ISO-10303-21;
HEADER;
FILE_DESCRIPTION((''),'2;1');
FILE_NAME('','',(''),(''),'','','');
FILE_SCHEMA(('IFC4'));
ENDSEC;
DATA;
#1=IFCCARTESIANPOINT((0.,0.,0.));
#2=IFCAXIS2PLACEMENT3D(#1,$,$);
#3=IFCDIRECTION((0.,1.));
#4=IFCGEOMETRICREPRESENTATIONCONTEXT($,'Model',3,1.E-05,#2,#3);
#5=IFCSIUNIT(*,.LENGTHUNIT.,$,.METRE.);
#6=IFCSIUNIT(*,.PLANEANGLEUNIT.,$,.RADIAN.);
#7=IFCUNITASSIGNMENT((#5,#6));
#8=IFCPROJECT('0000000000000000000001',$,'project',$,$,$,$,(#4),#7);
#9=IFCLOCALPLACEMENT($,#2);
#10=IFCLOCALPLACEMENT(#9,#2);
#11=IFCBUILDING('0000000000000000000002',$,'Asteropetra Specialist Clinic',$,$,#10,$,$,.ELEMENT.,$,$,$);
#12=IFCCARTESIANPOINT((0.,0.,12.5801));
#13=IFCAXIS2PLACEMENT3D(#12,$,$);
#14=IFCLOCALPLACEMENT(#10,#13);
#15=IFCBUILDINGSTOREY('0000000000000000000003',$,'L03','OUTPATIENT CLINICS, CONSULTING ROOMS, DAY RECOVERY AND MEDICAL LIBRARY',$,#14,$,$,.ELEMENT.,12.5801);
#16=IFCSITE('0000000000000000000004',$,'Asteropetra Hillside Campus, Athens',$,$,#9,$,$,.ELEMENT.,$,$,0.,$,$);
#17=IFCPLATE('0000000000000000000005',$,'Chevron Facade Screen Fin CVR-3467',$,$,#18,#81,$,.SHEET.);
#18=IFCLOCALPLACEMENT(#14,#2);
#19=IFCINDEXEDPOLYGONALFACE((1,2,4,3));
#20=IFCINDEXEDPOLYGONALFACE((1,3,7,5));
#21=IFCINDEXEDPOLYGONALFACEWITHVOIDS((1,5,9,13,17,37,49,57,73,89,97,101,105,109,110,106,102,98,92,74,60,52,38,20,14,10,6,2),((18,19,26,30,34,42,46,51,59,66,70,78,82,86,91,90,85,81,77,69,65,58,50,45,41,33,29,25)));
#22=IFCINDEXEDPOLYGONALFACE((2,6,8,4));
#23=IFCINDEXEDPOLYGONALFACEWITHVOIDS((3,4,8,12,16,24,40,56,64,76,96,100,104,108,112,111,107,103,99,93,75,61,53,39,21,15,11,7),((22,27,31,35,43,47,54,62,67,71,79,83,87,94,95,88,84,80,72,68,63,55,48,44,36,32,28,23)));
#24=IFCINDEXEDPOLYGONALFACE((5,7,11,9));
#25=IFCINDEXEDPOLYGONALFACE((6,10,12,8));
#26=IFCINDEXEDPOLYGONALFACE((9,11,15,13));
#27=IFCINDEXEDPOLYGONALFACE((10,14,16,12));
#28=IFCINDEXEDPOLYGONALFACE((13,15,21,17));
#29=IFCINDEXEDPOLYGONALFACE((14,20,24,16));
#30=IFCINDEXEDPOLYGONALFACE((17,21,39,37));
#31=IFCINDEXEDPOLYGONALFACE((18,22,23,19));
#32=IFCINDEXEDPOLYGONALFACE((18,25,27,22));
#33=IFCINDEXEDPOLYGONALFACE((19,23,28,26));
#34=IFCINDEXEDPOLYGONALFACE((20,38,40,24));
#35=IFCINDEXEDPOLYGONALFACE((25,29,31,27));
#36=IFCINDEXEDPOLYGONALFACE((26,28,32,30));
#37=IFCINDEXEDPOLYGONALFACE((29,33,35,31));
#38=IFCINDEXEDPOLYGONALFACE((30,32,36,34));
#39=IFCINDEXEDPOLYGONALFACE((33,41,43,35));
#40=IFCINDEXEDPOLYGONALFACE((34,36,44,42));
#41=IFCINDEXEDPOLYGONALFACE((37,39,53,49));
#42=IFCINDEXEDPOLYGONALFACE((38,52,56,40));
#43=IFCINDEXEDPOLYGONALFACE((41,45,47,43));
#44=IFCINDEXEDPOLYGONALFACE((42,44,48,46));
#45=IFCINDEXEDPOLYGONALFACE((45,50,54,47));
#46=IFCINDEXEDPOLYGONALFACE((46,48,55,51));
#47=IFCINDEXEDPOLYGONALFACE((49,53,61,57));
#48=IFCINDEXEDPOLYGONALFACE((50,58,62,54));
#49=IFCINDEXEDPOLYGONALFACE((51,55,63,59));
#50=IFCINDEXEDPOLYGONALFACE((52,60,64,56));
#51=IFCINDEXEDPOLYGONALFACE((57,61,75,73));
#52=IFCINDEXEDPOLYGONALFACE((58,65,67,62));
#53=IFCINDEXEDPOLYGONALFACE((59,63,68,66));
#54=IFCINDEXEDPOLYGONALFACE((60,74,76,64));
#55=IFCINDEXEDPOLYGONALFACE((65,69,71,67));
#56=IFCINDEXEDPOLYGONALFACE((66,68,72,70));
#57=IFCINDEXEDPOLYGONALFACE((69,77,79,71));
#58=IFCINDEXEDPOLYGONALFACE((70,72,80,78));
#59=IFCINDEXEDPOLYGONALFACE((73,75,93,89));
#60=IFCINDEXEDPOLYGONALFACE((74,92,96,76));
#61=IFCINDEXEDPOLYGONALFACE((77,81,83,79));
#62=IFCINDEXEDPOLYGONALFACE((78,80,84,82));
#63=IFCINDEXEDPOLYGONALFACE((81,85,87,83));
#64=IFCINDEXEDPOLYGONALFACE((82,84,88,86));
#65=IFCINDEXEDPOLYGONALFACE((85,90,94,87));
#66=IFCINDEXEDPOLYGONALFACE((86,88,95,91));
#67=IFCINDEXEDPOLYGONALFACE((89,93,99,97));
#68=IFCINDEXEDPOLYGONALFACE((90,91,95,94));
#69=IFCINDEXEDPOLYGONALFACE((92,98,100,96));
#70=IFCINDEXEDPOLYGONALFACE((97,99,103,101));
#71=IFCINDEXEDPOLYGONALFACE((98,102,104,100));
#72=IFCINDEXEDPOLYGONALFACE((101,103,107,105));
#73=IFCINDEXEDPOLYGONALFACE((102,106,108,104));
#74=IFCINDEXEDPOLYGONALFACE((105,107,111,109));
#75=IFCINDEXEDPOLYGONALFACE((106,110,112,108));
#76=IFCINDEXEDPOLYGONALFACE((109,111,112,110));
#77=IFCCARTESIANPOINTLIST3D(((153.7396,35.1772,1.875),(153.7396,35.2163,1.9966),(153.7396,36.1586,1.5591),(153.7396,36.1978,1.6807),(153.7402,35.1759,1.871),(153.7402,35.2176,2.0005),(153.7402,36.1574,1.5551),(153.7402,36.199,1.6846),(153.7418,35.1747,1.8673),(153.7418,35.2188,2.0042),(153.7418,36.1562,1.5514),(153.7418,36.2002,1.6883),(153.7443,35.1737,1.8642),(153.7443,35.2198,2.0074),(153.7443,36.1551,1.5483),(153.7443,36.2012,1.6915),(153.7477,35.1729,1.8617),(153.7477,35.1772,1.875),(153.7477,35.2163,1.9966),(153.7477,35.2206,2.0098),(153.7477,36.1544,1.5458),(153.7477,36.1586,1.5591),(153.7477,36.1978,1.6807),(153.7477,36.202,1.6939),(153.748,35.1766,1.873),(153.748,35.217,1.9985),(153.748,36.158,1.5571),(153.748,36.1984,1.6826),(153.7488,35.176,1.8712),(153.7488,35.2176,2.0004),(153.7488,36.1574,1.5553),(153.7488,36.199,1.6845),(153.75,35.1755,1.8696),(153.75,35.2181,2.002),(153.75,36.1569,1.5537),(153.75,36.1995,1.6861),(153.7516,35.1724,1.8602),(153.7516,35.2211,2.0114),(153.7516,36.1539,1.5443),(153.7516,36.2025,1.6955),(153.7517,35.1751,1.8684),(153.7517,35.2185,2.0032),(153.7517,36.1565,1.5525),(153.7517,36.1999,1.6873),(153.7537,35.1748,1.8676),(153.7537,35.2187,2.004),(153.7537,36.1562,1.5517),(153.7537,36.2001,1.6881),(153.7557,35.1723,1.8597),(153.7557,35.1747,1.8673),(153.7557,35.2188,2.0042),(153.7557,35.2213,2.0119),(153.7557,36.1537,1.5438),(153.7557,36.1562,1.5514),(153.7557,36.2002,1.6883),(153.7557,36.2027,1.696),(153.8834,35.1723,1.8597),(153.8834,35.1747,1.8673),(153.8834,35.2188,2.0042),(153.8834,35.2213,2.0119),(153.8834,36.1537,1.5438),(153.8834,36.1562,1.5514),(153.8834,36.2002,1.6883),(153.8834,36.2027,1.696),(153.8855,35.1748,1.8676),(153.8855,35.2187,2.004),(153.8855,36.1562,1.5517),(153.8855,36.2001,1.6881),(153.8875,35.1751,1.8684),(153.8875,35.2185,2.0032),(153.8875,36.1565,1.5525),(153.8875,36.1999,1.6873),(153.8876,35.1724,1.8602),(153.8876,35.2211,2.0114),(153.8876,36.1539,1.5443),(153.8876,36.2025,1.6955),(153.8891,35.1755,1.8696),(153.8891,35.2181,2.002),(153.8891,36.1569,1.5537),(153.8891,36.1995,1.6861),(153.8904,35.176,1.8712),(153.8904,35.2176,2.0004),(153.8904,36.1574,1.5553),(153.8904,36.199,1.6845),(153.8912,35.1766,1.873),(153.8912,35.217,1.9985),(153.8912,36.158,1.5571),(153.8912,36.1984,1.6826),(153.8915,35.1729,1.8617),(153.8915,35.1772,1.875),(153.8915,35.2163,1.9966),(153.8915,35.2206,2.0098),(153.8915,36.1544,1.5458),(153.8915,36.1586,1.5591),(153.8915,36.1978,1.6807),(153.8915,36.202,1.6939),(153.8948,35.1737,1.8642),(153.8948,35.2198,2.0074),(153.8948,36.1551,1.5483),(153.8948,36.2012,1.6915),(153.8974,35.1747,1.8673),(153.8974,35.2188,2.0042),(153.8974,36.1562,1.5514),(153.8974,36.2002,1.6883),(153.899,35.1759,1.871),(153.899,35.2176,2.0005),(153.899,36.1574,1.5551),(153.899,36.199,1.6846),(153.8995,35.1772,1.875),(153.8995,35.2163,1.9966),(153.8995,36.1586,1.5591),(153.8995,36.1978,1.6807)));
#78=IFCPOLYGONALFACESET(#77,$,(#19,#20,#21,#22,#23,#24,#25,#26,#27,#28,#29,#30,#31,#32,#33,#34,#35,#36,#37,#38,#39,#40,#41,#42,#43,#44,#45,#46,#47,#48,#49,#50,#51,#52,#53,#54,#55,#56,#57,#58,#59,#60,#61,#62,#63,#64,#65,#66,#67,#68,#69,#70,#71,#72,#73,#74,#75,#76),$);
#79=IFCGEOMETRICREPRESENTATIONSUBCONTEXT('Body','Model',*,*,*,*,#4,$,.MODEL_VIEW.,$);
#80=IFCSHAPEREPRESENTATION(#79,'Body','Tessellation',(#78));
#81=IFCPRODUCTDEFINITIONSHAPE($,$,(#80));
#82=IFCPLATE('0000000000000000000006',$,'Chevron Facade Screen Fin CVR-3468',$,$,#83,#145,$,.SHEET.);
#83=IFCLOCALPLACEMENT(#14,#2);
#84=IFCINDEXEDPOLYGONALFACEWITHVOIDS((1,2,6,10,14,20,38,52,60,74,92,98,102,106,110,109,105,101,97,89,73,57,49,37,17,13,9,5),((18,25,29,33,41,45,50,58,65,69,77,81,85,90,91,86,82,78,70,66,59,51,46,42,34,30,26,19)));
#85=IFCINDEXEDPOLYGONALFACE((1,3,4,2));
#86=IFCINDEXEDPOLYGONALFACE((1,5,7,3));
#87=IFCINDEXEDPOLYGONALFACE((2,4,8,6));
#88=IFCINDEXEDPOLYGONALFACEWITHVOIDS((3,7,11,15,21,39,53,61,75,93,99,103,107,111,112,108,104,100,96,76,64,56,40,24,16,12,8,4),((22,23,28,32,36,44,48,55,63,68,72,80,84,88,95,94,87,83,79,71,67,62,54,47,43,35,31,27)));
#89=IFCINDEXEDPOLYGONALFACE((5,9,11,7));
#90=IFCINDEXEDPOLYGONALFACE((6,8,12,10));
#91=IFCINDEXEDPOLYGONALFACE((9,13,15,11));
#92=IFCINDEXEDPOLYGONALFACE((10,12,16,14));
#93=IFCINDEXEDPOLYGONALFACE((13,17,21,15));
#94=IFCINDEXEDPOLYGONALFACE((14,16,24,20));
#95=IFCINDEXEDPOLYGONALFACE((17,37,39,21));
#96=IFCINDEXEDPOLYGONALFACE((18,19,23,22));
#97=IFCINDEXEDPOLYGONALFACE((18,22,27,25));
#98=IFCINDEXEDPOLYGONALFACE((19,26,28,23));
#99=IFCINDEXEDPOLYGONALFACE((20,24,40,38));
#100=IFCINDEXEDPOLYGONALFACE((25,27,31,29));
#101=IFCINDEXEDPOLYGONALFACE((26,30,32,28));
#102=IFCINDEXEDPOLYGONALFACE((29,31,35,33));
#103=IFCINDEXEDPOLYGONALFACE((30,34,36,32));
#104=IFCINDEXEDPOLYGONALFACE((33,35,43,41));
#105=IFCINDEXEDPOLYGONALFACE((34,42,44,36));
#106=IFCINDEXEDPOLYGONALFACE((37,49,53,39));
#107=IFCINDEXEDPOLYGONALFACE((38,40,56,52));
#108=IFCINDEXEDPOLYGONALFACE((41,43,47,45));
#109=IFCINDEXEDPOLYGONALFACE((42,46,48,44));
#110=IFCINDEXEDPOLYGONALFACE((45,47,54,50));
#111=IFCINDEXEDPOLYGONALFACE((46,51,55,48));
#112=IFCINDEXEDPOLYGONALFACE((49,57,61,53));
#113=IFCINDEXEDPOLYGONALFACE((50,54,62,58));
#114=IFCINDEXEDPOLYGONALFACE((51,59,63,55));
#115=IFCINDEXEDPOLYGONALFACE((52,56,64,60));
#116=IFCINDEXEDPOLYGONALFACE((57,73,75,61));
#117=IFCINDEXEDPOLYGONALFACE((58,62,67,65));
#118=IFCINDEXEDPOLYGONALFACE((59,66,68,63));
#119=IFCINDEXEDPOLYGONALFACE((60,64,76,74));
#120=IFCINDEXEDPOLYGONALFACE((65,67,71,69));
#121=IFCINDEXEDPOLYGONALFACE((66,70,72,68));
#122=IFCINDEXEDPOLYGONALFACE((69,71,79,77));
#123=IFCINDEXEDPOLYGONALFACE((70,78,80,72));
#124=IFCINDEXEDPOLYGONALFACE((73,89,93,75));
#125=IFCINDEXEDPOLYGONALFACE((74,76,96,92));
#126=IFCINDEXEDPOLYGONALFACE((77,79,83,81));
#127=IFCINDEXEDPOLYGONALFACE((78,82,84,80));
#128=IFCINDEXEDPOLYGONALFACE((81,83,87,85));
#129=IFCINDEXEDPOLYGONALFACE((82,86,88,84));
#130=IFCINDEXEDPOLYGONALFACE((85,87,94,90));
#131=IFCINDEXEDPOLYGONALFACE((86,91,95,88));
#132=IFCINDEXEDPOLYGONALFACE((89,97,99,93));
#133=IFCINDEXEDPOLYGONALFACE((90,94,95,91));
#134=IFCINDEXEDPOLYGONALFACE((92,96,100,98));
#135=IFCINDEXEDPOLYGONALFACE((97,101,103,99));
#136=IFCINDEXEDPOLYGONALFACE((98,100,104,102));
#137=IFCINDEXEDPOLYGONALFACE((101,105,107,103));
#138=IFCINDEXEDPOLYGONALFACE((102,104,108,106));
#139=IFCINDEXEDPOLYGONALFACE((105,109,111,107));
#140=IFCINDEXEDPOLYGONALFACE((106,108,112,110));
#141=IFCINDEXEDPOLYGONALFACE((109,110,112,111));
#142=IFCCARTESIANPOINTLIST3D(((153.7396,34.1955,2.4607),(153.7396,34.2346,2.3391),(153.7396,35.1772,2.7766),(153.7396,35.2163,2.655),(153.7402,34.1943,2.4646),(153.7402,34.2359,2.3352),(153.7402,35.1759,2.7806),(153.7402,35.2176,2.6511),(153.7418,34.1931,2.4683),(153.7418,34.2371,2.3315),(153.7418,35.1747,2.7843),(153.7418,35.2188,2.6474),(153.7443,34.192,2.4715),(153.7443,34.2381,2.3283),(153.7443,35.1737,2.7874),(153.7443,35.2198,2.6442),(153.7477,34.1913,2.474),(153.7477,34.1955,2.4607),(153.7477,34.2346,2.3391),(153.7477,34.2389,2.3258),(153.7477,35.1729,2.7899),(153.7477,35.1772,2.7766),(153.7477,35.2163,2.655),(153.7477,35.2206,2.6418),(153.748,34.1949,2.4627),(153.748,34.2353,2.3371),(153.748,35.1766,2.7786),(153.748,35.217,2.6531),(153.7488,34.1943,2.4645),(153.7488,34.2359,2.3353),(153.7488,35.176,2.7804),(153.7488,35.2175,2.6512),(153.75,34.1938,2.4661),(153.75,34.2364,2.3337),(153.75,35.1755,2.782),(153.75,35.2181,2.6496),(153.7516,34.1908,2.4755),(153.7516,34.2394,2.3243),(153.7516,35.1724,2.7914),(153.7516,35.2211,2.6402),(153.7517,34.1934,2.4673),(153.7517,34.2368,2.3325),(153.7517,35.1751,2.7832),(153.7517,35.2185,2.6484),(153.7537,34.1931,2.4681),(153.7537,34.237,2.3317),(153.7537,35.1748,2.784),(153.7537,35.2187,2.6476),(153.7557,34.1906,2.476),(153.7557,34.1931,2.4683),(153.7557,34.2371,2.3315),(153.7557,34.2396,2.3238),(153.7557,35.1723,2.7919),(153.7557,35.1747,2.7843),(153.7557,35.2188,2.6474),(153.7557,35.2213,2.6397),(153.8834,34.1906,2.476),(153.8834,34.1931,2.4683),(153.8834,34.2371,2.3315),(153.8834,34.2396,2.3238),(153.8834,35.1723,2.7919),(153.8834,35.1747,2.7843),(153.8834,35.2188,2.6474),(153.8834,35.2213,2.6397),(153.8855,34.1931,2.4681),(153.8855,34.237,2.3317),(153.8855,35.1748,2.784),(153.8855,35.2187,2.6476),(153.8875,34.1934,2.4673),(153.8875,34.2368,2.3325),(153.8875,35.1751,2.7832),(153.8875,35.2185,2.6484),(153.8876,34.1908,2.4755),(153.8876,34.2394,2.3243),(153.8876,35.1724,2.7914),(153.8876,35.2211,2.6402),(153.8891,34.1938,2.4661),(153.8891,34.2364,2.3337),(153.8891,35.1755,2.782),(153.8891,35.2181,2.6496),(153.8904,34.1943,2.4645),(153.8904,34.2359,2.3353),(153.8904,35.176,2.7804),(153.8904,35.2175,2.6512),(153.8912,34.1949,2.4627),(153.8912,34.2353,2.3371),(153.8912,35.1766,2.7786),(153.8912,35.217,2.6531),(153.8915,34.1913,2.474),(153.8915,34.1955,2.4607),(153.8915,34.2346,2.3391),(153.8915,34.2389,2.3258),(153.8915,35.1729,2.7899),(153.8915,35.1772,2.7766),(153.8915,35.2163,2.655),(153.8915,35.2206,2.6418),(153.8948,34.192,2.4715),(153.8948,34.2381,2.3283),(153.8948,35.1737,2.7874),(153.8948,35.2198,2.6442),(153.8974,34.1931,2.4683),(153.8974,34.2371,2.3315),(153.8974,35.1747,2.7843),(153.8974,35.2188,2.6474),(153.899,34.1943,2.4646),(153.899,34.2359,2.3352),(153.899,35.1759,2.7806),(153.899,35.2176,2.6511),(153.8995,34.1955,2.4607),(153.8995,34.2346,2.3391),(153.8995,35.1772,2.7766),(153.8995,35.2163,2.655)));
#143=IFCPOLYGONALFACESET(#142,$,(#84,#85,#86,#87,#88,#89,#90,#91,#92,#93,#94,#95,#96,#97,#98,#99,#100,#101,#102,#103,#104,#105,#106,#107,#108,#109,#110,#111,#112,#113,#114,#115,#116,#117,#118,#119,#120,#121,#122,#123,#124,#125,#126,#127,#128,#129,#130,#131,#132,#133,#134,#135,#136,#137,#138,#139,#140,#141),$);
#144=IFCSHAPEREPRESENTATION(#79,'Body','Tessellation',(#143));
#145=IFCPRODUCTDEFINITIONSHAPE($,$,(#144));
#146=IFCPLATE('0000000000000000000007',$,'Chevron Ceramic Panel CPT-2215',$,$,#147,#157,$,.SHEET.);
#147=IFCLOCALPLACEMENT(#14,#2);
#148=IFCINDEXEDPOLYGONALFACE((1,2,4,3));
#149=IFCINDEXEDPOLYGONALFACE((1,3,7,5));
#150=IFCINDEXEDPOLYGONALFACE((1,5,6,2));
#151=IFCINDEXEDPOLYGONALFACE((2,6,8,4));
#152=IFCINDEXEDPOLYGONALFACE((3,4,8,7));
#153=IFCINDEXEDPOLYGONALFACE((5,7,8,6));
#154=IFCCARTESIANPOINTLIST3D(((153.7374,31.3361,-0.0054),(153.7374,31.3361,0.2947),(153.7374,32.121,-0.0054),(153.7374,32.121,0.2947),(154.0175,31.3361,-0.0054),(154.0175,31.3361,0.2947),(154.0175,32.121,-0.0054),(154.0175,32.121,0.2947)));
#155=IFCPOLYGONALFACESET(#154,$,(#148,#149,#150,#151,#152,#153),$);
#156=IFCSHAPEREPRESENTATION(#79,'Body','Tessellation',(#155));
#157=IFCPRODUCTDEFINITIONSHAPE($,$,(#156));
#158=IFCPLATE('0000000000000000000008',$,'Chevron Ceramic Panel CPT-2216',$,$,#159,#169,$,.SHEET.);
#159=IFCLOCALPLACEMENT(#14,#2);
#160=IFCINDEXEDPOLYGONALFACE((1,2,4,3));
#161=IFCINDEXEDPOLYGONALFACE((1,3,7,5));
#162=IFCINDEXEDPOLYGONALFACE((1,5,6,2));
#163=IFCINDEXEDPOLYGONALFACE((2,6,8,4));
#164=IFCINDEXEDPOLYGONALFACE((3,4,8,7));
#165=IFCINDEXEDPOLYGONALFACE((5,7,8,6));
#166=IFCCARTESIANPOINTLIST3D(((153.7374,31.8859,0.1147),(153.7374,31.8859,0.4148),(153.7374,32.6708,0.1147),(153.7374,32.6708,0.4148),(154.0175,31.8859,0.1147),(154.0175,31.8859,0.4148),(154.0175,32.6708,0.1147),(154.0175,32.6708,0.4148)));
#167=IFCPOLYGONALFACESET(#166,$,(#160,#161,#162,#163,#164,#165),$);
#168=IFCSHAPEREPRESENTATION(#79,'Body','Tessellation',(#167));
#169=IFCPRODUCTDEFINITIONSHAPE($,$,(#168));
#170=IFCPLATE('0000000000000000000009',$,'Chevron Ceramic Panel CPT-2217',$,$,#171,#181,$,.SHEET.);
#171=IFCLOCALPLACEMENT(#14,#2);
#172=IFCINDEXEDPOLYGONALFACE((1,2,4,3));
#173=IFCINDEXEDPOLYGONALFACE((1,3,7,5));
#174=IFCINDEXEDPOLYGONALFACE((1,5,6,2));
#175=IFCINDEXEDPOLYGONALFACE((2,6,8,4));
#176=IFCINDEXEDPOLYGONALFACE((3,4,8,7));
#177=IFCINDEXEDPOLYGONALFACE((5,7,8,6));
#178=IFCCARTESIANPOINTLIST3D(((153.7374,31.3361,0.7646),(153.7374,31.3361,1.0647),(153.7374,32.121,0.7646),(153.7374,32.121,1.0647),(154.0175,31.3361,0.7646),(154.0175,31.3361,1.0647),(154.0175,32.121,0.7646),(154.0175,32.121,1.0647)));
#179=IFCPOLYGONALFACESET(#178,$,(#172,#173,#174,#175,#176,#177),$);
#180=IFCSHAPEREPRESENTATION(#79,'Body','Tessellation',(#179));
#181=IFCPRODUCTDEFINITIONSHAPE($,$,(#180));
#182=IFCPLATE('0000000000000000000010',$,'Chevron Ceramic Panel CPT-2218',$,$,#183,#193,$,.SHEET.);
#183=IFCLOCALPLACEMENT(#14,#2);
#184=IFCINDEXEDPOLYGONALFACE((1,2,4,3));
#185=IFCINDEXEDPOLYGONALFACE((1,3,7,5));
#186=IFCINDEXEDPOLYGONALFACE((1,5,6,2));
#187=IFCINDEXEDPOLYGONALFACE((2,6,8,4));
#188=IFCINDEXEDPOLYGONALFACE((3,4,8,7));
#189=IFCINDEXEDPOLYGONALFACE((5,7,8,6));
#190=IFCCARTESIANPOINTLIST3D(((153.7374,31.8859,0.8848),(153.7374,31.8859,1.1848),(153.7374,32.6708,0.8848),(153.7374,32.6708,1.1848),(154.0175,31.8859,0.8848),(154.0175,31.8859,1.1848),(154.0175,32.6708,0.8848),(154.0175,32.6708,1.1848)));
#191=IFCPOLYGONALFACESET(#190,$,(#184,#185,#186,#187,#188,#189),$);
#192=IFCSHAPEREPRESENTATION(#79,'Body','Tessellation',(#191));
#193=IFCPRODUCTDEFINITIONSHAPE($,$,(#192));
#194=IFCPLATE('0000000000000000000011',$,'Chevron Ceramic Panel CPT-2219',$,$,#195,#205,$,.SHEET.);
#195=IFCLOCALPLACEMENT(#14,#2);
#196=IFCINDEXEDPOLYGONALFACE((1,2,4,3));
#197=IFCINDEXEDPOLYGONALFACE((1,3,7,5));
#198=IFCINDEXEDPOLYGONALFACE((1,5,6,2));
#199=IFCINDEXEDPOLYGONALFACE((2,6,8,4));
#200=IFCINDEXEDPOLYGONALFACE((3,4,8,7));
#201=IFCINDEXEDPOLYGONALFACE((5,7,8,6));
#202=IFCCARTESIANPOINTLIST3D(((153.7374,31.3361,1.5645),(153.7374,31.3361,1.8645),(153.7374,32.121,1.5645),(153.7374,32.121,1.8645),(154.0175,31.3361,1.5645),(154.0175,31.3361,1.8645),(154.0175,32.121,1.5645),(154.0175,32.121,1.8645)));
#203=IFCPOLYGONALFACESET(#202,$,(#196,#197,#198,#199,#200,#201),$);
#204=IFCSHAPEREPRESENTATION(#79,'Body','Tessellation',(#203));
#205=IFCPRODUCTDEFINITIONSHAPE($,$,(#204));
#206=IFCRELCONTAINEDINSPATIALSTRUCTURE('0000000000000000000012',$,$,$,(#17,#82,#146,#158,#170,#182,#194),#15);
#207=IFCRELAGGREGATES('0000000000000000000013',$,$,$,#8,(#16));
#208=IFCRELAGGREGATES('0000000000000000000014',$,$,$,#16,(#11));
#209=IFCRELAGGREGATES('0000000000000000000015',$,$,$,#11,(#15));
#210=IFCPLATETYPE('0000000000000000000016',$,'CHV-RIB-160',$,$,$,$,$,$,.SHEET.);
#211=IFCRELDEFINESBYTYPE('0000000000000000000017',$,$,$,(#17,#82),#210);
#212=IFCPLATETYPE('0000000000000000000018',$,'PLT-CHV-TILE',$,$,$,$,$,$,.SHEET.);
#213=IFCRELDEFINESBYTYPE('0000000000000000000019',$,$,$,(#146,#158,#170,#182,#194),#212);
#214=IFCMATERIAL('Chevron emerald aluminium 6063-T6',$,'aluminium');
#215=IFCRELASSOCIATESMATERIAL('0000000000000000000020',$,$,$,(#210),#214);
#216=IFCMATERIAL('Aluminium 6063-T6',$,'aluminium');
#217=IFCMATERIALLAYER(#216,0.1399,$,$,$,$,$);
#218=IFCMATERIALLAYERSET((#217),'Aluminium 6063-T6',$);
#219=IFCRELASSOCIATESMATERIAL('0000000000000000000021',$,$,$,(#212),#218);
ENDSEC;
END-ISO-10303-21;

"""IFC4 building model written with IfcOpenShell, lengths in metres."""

from ifc_helpers import new_model, si_unit, direction, frame, origin, origin_2d, place, context, subcontext, project, spatial, rectangle, hollow_rectangle, extrude, material, layer, layer_set, material_profile, profile_set, type_object, element, save


model = new_model("IFC4")

# Units and contexts
model_context = context("Model", 3, precision=1e-05, world=origin(), true_north=direction((0.0, 1.0)))
body_context = subcontext(model_context, "Body", "Model", "MODEL_VIEW")
ifc_project = project(units=[si_unit("LENGTHUNIT", "METRE"), si_unit("PLANEANGLEUNIT", "RADIAN")], contexts=[model_context])

# Site, building, storey
site_placement = place(None, origin())
site = spatial("IfcSite", under=ifc_project, at=site_placement, Name="Asteropetra Hillside Campus, Athens", CompositionType="ELEMENT", RefElevation=0.0)
building_placement = place(site_placement, origin())
building = spatial("IfcBuilding", under=site, at=building_placement, Name="Asteropetra Specialist Clinic", CompositionType="ELEMENT")
storey_placement = place(building_placement, frame((0.0, 0.0, 12.5801)))
storey = spatial("IfcBuildingStorey", under=building, at=storey_placement, Name="L03", Description="OUTPATIENT CLINICS, CONSULTING ROOMS, DAY RECOVERY AND MEDICAL LIBRARY", CompositionType="ELEMENT", Elevation=12.5801)

# Plates
ifc_material_1 = material(Name="Chevron emerald aluminium 6063-T6", Category="aluminium")
ifc_material_profile_1 = material_profile(ifc_material_1, hollow_rectangle(XDim=0.1599, YDim=0.1599, WallThickness=0.0081, InnerFilletRadius=0.0081, OuterFilletRadius=0.0161, at=origin_2d()), Name="SHS 160x160x8.0")
ifc_profile_set_1 = profile_set([ifc_material_profile_1], Name="Chevron emerald aluminium 6063-T6")
plate_type_1 = type_object("IfcPlateType", Name="CHV-RIB-160", PredefinedType="SHEET", material=ifc_profile_set_1)
plate_1_placement = place(storey_placement, frame((153.8196, 35.1968, 1.9358), z_axis=(0.0, 0.9519, -0.306408), x_axis=(-1.0, 0.0, 0.0)))
element("IfcPlate", 1, at=plate_1_placement, inside=storey, type_object=plate_type_1, Name="Chevron Facade Screen Fin CVR-3467", PredefinedType="SHEET", context=body_context, shape_type="SweptSolid", body=[
    extrude(hollow_rectangle(XDim=0.1599, YDim=0.1599, WallThickness=0.0081, InnerFilletRadius=0.0081, OuterFilletRadius=0.0161, at=origin_2d()), origin(), (0.0, 0.0, 1.0), 1.031),
])
plate_2_placement = place(storey_placement, frame((153.8196, 34.2151, 2.3999), z_axis=(0.0, 0.951923, 0.306339), x_axis=(-1.0, 0.0, 0.0)))
element("IfcPlate", 2, at=plate_2_placement, inside=storey, type_object=plate_type_1, Name="Chevron Facade Screen Fin CVR-3468", PredefinedType="SHEET", context=body_context, shape_type="SweptSolid", body=[
    extrude(hollow_rectangle(XDim=0.1599, YDim=0.1599, WallThickness=0.0081, InnerFilletRadius=0.0081, OuterFilletRadius=0.0161, at=origin_2d()), origin(), (0.0, 0.0, 1.0), 1.0312),
])
ifc_material_2 = material(Name="Aluminium 6063-T6", Category="aluminium")
ifc_layer_1 = layer(ifc_material_2, 0.1399)
ifc_layer_set_1 = layer_set([ifc_layer_1], Name="Aluminium 6063-T6")
plate_type_2 = type_object("IfcPlateType", Name="PLT-CHV-TILE", PredefinedType="SHEET", material=ifc_layer_set_1)
for number, where, z_axis, x_axis, name in (
    (3, (153.8774, 31.7285, -0.0054), (0.0, 0.0, 1.0), (1.0, 0.0, 0.0), "Chevron Ceramic Panel CPT-2215"),
    (4, (153.8774, 32.2783, 0.1147), (0.0, 0.0, 1.0), (1.0, 0.0, 0.0), "Chevron Ceramic Panel CPT-2216"),
    (5, (153.8774, 31.7285, 0.7646), (0.0, 0.0, 1.0), (1.0, 0.0, 0.0), "Chevron Ceramic Panel CPT-2217"),
    (6, (153.8774, 32.2783, 0.8848), (0.0, 0.0, 1.0), (1.0, 0.0, 0.0), "Chevron Ceramic Panel CPT-2218"),
    (7, (153.8774, 31.7285, 1.5645), (0.0, 0.0, 1.0), (1.0, 0.0, 0.0), "Chevron Ceramic Panel CPT-2219"),
):
    element("IfcPlate", number, at=place(storey_placement, frame(where, z_axis=z_axis, x_axis=x_axis)), inside=storey, type_object=plate_type_2, Name=name, PredefinedType="SHEET", context=body_context, shape_type="SweptSolid", body=[
        extrude(rectangle(XDim=0.28, YDim=0.7849, at=origin_2d()), origin(), (0.0, 0.0, 1.0), 0.3),
    ])

save(model, "model.ifc")
